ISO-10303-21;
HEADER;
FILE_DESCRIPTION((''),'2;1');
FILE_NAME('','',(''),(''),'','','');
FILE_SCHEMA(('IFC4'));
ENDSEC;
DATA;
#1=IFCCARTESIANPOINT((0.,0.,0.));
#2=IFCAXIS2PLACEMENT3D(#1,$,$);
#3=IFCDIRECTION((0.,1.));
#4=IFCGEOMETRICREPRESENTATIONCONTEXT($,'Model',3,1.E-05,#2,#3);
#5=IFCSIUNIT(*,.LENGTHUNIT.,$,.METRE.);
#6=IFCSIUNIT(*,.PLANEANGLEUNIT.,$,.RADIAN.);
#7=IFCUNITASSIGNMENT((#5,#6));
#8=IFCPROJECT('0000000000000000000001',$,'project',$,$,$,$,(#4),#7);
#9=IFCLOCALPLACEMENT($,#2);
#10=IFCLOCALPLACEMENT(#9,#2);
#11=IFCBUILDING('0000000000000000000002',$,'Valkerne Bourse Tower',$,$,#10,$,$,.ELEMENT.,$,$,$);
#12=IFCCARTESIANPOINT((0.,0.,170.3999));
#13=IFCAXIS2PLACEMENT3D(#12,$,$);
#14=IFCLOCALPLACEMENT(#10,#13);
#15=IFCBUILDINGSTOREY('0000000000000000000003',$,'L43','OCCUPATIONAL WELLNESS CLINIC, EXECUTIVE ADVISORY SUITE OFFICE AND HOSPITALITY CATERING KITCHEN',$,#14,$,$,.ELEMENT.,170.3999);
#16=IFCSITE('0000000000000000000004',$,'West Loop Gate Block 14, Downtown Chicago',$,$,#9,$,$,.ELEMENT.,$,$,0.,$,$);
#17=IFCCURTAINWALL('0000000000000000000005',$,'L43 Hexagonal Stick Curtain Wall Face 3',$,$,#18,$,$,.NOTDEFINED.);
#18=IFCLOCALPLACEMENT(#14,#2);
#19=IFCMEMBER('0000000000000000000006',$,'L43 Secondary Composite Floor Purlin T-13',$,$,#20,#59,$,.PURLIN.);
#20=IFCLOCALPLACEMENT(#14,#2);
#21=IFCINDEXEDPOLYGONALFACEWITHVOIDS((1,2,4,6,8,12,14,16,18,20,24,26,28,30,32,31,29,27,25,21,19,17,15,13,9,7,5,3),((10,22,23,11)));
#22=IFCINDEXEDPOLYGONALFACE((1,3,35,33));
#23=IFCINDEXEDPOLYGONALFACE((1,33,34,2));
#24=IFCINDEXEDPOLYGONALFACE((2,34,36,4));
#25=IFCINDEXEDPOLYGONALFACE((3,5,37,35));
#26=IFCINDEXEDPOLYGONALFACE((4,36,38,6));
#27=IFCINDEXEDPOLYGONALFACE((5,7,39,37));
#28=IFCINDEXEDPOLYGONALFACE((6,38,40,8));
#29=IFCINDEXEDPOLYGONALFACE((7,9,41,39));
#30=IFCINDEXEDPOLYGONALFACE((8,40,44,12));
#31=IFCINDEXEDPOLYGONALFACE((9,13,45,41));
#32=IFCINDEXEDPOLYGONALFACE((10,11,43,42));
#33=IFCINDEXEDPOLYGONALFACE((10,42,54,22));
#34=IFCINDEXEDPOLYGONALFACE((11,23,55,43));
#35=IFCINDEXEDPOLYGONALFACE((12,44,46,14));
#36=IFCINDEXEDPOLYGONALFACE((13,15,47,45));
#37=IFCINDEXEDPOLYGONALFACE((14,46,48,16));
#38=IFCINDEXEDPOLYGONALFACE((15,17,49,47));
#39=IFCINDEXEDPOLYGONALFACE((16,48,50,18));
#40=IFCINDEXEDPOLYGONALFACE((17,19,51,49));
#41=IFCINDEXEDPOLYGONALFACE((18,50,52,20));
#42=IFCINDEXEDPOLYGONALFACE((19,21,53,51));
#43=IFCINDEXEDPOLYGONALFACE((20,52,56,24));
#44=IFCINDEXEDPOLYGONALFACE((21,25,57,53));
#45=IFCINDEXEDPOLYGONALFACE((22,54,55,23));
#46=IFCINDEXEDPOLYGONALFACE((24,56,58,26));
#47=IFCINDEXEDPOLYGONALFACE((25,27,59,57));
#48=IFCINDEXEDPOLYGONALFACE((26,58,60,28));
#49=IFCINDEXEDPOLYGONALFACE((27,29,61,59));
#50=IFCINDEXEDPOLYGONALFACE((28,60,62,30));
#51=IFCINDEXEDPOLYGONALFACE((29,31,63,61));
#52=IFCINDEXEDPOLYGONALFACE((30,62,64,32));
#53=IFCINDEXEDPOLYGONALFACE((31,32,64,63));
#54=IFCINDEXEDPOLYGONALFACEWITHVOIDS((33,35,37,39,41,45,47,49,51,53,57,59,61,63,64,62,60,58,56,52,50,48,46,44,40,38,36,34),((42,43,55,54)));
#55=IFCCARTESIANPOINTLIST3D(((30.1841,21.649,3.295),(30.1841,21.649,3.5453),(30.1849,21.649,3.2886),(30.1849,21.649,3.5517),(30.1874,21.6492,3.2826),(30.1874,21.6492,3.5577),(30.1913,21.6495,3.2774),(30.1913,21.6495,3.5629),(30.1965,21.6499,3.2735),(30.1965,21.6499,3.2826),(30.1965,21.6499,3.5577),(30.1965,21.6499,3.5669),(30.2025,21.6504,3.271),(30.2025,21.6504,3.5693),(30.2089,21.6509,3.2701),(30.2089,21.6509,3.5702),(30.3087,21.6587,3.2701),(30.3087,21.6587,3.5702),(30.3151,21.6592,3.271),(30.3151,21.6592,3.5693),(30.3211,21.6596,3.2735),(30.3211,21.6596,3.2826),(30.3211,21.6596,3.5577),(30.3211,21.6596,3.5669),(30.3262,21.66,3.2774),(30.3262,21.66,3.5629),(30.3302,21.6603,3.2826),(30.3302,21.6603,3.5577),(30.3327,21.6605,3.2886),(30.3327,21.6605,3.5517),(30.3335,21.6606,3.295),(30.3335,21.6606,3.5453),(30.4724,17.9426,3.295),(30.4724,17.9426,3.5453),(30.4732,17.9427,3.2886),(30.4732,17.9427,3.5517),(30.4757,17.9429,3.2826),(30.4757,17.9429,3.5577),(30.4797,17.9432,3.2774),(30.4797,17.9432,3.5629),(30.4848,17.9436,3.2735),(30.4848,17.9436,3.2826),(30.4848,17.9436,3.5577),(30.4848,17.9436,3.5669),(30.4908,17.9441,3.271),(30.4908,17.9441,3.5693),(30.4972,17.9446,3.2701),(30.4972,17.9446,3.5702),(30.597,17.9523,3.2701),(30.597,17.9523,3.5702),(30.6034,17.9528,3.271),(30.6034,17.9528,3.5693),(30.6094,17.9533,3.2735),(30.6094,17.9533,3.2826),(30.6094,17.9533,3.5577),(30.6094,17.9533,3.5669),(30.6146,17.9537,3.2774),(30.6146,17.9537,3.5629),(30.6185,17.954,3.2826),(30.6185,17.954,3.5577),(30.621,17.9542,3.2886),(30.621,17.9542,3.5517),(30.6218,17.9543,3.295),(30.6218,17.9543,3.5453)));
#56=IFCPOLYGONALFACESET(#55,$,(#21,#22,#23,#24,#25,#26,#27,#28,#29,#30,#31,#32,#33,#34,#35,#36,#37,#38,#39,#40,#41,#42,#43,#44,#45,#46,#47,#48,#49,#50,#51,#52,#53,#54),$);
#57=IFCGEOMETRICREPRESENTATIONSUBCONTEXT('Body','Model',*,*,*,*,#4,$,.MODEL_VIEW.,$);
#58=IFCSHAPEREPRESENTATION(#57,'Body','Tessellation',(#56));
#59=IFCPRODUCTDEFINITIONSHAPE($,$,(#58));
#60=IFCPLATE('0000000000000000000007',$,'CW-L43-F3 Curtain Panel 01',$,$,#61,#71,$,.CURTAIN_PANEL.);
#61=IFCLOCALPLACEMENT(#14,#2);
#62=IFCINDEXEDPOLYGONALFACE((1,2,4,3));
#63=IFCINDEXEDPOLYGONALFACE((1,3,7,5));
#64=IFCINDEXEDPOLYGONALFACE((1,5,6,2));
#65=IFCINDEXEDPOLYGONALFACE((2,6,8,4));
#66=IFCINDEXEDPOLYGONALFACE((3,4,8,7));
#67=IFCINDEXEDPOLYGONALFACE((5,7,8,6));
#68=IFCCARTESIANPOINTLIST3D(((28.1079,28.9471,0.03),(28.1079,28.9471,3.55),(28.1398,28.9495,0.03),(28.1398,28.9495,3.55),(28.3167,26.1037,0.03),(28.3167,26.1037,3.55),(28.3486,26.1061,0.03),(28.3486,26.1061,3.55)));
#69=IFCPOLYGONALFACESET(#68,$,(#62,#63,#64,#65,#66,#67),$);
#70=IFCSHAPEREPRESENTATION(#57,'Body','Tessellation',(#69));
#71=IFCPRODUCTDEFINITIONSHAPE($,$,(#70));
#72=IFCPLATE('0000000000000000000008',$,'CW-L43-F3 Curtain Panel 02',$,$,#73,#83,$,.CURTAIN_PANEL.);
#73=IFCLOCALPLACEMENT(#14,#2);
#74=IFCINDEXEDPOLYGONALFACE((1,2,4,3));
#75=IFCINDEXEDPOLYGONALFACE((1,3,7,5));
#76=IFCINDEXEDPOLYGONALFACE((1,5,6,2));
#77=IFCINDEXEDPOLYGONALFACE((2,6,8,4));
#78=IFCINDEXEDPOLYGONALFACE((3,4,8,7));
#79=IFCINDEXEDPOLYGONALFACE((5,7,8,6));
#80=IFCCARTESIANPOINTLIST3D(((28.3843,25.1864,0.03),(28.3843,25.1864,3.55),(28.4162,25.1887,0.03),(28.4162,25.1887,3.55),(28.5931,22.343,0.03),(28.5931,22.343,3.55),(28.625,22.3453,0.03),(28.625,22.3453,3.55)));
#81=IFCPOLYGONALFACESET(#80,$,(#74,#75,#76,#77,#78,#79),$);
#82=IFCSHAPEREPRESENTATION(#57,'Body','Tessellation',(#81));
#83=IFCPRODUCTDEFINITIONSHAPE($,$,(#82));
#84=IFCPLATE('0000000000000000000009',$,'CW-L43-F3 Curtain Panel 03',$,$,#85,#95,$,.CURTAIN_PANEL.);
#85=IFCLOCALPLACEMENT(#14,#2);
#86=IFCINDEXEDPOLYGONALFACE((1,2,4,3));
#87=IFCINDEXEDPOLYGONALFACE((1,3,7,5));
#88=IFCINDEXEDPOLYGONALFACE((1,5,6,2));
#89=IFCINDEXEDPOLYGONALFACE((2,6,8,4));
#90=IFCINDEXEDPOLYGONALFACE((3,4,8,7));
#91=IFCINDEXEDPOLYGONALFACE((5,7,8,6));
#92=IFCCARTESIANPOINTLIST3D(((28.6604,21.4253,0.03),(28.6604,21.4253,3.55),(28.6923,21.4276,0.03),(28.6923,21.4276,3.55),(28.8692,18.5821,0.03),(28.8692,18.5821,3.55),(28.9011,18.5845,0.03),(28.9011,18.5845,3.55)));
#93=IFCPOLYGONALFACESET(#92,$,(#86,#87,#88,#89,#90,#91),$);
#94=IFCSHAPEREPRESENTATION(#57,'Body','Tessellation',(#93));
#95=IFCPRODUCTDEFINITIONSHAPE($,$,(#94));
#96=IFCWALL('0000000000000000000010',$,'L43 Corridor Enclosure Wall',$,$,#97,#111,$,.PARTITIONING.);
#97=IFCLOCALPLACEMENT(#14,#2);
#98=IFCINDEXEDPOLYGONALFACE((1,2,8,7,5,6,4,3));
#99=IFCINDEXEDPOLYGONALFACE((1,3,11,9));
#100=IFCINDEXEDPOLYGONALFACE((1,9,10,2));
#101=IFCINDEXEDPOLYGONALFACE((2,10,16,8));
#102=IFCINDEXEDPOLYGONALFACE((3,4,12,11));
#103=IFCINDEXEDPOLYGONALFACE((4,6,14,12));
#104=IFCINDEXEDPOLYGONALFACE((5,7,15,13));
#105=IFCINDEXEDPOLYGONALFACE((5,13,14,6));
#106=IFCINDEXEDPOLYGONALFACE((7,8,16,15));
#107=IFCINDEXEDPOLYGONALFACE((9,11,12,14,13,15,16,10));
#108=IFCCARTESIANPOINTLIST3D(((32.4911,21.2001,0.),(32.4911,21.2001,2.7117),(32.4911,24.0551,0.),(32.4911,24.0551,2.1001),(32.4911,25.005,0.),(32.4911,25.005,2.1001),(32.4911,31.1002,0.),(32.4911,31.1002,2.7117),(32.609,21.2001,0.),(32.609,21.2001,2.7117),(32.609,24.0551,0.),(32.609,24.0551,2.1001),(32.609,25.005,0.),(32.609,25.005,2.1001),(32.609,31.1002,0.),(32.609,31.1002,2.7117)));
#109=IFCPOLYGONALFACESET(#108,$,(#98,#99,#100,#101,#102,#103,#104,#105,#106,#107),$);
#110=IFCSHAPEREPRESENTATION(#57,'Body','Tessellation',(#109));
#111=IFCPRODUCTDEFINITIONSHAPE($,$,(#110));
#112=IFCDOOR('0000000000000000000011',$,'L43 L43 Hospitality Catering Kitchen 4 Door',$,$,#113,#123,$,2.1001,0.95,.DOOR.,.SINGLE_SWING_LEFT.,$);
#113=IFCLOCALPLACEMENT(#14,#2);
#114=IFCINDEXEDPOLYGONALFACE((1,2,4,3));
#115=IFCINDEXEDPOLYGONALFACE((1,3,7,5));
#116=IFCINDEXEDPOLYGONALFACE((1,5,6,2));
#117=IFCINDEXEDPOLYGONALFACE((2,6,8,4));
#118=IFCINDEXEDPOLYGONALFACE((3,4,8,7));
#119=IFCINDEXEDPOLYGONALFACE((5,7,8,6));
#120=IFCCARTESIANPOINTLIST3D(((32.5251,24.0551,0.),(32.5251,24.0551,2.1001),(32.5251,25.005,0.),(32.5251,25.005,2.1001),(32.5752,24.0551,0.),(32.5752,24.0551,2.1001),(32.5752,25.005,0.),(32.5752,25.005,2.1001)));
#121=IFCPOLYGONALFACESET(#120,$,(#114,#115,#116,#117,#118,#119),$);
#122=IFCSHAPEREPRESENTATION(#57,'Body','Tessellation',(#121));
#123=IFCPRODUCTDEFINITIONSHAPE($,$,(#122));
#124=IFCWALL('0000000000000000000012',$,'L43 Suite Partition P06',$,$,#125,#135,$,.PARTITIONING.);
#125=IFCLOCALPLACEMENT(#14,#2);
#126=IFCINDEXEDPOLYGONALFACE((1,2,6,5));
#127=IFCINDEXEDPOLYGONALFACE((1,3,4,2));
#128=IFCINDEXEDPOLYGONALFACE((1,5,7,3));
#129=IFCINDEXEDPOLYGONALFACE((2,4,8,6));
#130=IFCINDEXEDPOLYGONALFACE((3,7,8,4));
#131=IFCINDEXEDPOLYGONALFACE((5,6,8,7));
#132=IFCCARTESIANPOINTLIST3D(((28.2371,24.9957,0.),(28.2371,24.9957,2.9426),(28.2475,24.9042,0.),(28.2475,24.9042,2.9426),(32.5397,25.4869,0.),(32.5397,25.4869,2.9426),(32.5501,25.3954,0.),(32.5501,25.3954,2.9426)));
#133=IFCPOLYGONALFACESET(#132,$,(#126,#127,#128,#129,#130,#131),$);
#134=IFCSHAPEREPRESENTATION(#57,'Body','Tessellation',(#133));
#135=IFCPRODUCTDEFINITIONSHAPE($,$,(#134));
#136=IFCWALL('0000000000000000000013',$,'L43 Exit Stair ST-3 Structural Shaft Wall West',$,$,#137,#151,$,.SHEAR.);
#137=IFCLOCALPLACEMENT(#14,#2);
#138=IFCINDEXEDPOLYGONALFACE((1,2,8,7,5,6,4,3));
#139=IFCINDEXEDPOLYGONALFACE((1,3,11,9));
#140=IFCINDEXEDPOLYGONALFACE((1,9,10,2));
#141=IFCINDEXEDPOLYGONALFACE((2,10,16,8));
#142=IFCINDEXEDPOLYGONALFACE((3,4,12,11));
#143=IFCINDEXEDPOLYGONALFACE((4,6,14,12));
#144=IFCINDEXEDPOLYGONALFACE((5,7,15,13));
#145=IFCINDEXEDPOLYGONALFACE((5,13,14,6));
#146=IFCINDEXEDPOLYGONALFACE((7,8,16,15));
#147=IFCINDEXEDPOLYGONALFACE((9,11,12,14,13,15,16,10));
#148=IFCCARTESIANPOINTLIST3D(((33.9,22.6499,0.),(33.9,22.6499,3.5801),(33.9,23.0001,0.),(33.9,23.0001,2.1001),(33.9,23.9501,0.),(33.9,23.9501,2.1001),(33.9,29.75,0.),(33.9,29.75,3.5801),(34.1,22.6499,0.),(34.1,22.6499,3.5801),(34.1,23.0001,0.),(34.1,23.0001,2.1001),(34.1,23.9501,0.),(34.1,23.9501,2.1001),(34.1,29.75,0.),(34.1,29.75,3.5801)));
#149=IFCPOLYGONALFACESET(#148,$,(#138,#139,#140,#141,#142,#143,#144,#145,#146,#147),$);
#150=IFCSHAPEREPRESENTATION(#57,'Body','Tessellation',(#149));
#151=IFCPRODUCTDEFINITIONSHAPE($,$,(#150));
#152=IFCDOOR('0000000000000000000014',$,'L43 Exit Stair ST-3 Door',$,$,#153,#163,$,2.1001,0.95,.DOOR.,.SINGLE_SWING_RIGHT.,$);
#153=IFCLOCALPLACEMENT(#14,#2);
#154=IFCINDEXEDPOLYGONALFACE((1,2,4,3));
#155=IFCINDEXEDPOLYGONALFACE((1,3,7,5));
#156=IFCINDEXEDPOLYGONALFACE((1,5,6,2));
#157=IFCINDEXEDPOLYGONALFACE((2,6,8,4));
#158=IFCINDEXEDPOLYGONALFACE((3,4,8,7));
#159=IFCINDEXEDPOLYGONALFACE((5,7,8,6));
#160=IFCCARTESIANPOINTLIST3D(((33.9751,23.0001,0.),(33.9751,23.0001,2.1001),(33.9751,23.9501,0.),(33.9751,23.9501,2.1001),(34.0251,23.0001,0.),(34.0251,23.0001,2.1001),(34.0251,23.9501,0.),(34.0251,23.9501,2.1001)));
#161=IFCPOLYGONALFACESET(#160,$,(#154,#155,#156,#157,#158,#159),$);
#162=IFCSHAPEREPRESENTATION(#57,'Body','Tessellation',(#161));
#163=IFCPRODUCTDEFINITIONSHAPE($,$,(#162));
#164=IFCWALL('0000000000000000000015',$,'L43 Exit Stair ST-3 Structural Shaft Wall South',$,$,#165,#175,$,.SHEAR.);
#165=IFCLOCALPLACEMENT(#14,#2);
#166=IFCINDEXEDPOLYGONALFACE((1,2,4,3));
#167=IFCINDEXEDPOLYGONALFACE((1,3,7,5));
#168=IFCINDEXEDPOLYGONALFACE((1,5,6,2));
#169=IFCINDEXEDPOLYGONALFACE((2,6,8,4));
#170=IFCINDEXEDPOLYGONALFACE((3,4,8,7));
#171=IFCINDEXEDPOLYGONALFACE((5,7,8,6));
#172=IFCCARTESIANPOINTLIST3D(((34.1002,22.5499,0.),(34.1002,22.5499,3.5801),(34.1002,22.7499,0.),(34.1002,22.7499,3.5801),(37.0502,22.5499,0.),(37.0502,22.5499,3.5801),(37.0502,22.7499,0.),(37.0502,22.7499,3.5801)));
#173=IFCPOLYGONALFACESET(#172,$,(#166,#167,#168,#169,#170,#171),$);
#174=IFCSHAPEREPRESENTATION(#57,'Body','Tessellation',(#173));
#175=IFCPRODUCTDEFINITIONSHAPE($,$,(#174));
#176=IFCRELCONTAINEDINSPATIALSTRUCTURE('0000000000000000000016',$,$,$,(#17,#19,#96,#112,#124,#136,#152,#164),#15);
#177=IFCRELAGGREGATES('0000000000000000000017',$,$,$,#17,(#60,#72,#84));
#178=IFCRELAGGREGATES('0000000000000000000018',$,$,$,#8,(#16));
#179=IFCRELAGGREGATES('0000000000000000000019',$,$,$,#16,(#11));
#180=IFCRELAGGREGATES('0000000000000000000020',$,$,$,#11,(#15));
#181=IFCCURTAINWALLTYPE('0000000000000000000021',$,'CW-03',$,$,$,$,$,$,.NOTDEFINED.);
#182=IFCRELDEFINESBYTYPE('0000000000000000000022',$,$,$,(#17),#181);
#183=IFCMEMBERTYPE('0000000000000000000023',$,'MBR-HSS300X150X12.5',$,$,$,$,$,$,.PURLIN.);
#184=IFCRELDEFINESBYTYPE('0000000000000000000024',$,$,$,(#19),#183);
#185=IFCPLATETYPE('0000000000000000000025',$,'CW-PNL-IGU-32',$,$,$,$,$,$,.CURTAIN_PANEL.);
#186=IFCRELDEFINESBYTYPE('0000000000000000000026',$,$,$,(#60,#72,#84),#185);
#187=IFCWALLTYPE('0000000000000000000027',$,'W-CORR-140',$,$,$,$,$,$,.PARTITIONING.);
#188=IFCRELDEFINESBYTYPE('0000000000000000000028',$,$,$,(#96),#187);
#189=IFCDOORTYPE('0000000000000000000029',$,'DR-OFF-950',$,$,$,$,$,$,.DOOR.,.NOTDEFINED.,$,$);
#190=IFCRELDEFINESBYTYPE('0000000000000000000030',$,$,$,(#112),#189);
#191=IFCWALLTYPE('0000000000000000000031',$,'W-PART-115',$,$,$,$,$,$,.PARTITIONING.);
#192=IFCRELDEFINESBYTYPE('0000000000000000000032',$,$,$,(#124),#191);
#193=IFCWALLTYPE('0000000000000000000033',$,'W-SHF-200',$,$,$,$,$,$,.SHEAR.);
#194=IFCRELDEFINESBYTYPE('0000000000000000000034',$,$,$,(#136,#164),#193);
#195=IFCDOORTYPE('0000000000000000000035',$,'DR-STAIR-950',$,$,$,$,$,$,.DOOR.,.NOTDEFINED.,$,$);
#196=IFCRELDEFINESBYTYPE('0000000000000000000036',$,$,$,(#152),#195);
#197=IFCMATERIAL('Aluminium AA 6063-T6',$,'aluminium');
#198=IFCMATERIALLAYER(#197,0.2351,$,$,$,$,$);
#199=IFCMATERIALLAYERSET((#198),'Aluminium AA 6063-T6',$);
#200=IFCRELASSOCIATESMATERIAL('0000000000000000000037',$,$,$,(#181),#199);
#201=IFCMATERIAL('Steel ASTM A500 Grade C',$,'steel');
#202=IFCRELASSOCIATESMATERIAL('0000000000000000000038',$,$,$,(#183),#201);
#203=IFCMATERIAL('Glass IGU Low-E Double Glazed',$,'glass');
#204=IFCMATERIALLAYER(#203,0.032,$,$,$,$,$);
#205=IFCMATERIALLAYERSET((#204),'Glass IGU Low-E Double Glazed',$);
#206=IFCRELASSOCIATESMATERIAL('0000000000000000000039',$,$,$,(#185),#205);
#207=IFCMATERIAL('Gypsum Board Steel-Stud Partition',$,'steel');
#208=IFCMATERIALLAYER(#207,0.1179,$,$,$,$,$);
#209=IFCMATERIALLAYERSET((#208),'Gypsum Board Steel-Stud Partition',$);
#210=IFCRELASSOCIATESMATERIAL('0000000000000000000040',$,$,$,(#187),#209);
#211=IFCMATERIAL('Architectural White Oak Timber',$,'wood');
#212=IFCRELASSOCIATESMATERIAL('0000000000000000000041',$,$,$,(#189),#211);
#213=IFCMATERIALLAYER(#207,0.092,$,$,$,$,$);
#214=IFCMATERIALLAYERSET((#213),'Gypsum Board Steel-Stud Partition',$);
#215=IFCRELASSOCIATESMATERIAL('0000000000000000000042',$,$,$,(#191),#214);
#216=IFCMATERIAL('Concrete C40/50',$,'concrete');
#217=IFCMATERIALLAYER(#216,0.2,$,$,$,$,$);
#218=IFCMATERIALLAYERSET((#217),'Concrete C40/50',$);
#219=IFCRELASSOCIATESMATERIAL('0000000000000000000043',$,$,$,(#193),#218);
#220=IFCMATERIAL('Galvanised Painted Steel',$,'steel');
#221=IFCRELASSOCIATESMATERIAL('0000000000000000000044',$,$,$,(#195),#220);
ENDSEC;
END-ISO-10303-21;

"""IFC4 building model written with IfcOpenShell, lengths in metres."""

from ifc_helpers import new_model, si_unit, direction, frame, frame_2d, origin, origin_2d, place, context, subcontext, project, spatial, rectangle, hollow_rectangle, extrude, material, layer, layer_set, material_profile, profile_set, type_object, element, fill, aggregate, save


model = new_model("IFC4")

# Units and contexts
model_context = context("Model", 3, precision=1e-05, world=origin(), true_north=direction((0.0, 1.0)))
body_context = subcontext(model_context, "Body", "Model", "MODEL_VIEW")
ifc_project = project(units=[si_unit("LENGTHUNIT", "METRE"), si_unit("PLANEANGLEUNIT", "RADIAN")], contexts=[model_context])

# Site, building, storey
site_placement = place(None, origin())
site = spatial("IfcSite", under=ifc_project, at=site_placement, Name="West Loop Gate Block 14, Downtown Chicago", CompositionType="ELEMENT", RefElevation=0.0)
building_placement = place(site_placement, origin())
building = spatial("IfcBuilding", under=site, at=building_placement, Name="Valkerne Bourse Tower", CompositionType="ELEMENT")
storey_placement = place(building_placement, frame((0.0, 0.0, 170.3999)))
storey = spatial("IfcBuildingStorey", under=building, at=storey_placement, Name="L43", Description="OCCUPATIONAL WELLNESS CLINIC, EXECUTIVE ADVISORY SUITE OFFICE AND HOSPITALITY CATERING KITCHEN", CompositionType="ELEMENT", Elevation=170.3999)

# Curtain wall
ifc_material_1 = material(Name="Aluminium AA 6063-T6", Category="aluminium")
ifc_layer_1 = layer(ifc_material_1, 0.2351)
ifc_layer_set_1 = layer_set([ifc_layer_1], Name="Aluminium AA 6063-T6")
curtain_wall_type = type_object("IfcCurtainWallType", Name="CW-03", PredefinedType="NOTDEFINED", material=ifc_layer_set_1)
curtain_wall_placement = place(storey_placement, origin())
curtain_wall = element("IfcCurtainWall", 1, at=curtain_wall_placement, inside=storey, type_object=curtain_wall_type, Name="L43 Hexagonal Stick Curtain Wall Face 3", PredefinedType="NOTDEFINED")

# Member
ifc_material_2 = material(Name="Steel ASTM A500 Grade C", Category="steel")
ifc_material_profile_1 = material_profile(ifc_material_2, hollow_rectangle(XDim=0.1499, YDim=0.3, WallThickness=0.0125, OuterFilletRadius=0.0249, at=origin_2d()), Name="HSS300X150X12.5")
ifc_profile_set_1 = profile_set([ifc_material_profile_1], Name="Steel ASTM A500 Grade C")
member_type_1 = type_object("IfcMemberType", Name="MBR-HSS300X150X12.5", PredefinedType="PURLIN", material=ifc_profile_set_1)
member_1_placement = place(storey_placement, frame((30.2588, 21.6548, 3.4202), z_axis=(0.07756, -0.996988, 0.0), x_axis=(0.996988, 0.07756, 0.0)))
element("IfcMember", 2, at=member_1_placement, inside=storey, type_object=member_type_1, Name="L43 Secondary Composite Floor Purlin T-13", PredefinedType="PURLIN", context=body_context, shape_type="SweptSolid", body=[
    extrude(hollow_rectangle(XDim=0.1499, YDim=0.3, WallThickness=0.0125, OuterFilletRadius=0.0249, at=origin_2d()), origin(), (0.0, 0.0, 1.0), 3.7175),
])

# Plates
ifc_material_3 = material(Name="Glass IGU Low-E Double Glazed", Category="glass")
ifc_layer_2 = layer(ifc_material_3, 0.032)
ifc_layer_set_2 = layer_set([ifc_layer_2], Name="Glass IGU Low-E Double Glazed")
plate_type = type_object("IfcPlateType", Name="CW-PNL-IGU-32", PredefinedType="CURTAIN_PANEL", material=ifc_layer_set_2)
plate_1_placement = place(storey_placement, frame((28.2283, 27.5266, 0.03), z_axis=(0.0, 0.0, 1.0), x_axis=(0.073243, -0.997314, 0.0)))
plate_1 = element("IfcPlate", 3, at=plate_1_placement, type_object=plate_type, Name="CW-L43-F3 Curtain Panel 01", PredefinedType="CURTAIN_PANEL", context=body_context, shape_type="SweptSolid", body=[
    extrude(rectangle(XDim=2.8511, YDim=0.032, at=origin_2d()), origin(), (0.0, 0.0, 1.0), 3.52),
])
plate_2_placement = place(storey_placement, frame((28.5046, 23.7659, 0.03), z_axis=(0.0, 0.0, 1.0), x_axis=(0.073243, -0.997314, 0.0)))
plate_2 = element("IfcPlate", 4, at=plate_2_placement, type_object=plate_type, Name="CW-L43-F3 Curtain Panel 02", PredefinedType="CURTAIN_PANEL", context=body_context, shape_type="SweptSolid", body=[
    extrude(rectangle(XDim=2.8511, YDim=0.032, at=origin_2d()), origin(), (0.0, 0.0, 1.0), 3.52),
])
plate_3_placement = place(storey_placement, frame((28.7808, 20.0049, 0.03), z_axis=(0.0, 0.0, 1.0), x_axis=(0.073245, -0.997314, 0.0)))
plate_3 = element("IfcPlate", 5, at=plate_3_placement, type_object=plate_type, Name="CW-L43-F3 Curtain Panel 03", PredefinedType="CURTAIN_PANEL", context=body_context, shape_type="SweptSolid", body=[
    extrude(rectangle(XDim=2.8508, YDim=0.032, at=origin_2d()), origin(), (0.0, 0.0, 1.0), 3.52),
])
aggregate(curtain_wall, [plate_1, plate_2, plate_3])

# Wall, opening, door
ifc_material_4 = material(Name="Gypsum Board Steel-Stud Partition", Category="steel")
ifc_layer_3 = layer(ifc_material_4, 0.1179)
ifc_layer_set_3 = layer_set([ifc_layer_3], Name="Gypsum Board Steel-Stud Partition")
wall_type_1 = type_object("IfcWallType", Name="W-CORR-140", PredefinedType="PARTITIONING", material=ifc_layer_set_3)
wall_1_placement = place(storey_placement, frame((32.55, 21.2, 0.0), z_axis=(0.0, 0.0, 1.0), x_axis=(0.0, 1.0, 0.0)))
wall_1 = element("IfcWall", 6, at=wall_1_placement, inside=storey, type_object=wall_type_1, Name="L43 Corridor Enclosure Wall", PredefinedType="PARTITIONING", context=body_context, shape_type="SweptSolid", body=[
    extrude(rectangle(XDim=9.9001, YDim=0.1179, at=frame_2d((4.9502, 0.0))), origin(), (0.0, 0.0, 1.0), 2.7117),
])
opening_1_placement = place(wall_1_placement, frame((2.855, 0.0, 0.0)))
opening_1 = element("IfcOpeningElement", 7, at=opening_1_placement, cuts=wall_1, PredefinedType="OPENING", context=body_context, shape_type="SweptSolid", body=[
    extrude(rectangle(XDim=0.95, YDim=2.1001, at=frame_2d((0.4751, 1.05))), frame((0.0, 0.0688, 0.0), z_axis=(0.0, -1.0, 0.0), x_axis=(1.0, 0.0, 0.0)), (0.0, 0.0, 1.0), 0.1379),
])
ifc_material_5 = material(Name="Architectural White Oak Timber", Category="wood")
door_type_1 = type_object("IfcDoorType", Name="DR-OFF-950", OperationType="NOTDEFINED", PredefinedType="DOOR", material=ifc_material_5)
door_1_placement = place(opening_1_placement, origin())
door_1 = element("IfcDoor", 8, at=door_1_placement, inside=storey, type_object=door_type_1, Name="L43 L43 Hospitality Catering Kitchen 4 Door", OperationType="SINGLE_SWING_LEFT", OverallHeight=2.1001, OverallWidth=0.95, PredefinedType="DOOR", context=body_context, shape_type="SweptSolid", body=[
    extrude(rectangle(XDim=0.95, YDim=2.1001, at=frame_2d((0.4751, 1.05))), frame((0.0, 0.0249, 0.0), z_axis=(0.0, -1.0, 0.0), x_axis=(1.0, 0.0, 0.0)), (0.0, 0.0, 1.0), 0.05),
])
fill(opening_1, door_1)

# Wall
ifc_layer_4 = layer(ifc_material_4, 0.092)
ifc_layer_set_4 = layer_set([ifc_layer_4], Name="Gypsum Board Steel-Stud Partition")
wall_type_2 = type_object("IfcWallType", Name="W-PART-115", PredefinedType="PARTITIONING", material=ifc_layer_set_4)
wall_2_placement = place(storey_placement, frame((32.5449, 25.4412, 0.0), z_axis=(0.0, 0.0, 1.0), x_axis=(-0.993546, -0.113426, 0.0)))
element("IfcWall", 9, at=wall_2_placement, inside=storey, type_object=wall_type_2, Name="L43 Suite Partition P06", PredefinedType="PARTITIONING", context=body_context, shape_type="SweptSolid", body=[
    extrude(rectangle(XDim=4.3306, YDim=0.092, at=frame_2d((2.1653, 0.0))), origin(), (0.0, 0.0, 1.0), 2.9426),
])

# Wall, opening, door
ifc_material_6 = material(Name="Concrete C40/50", Category="concrete")
ifc_layer_5 = layer(ifc_material_6, 0.2)
ifc_layer_set_5 = layer_set([ifc_layer_5], Name="Concrete C40/50")
wall_type_3 = type_object("IfcWallType", Name="W-SHF-200", PredefinedType="SHEAR", material=ifc_layer_set_5)
wall_3_placement = place(storey_placement, frame((34.0, 22.6499, 0.0), z_axis=(0.0, 0.0, 1.0), x_axis=(0.0, 1.0, 0.0)))
wall_3 = element("IfcWall", 10, at=wall_3_placement, inside=storey, type_object=wall_type_3, Name="L43 Exit Stair ST-3 Structural Shaft Wall West", PredefinedType="SHEAR", context=body_context, shape_type="SweptSolid", body=[
    extrude(rectangle(XDim=7.1001, YDim=0.2, at=frame_2d((3.55, 0.0))), origin(), (0.0, 0.0, 1.0), 3.5801),
])
opening_2_placement = place(wall_3_placement, frame((0.3501, 0.0, 0.0)))
opening_2 = element("IfcOpeningElement", 11, at=opening_2_placement, cuts=wall_3, PredefinedType="OPENING", context=body_context, shape_type="SweptSolid", body=[
    extrude(rectangle(XDim=0.95, YDim=2.1001, at=frame_2d((0.4751, 1.05))), frame((0.0, 0.1099, 0.0), z_axis=(0.0, -1.0, 0.0), x_axis=(1.0, 0.0, 0.0)), (0.0, 0.0, 1.0), 0.22),
])
ifc_material_7 = material(Name="Galvanised Painted Steel", Category="steel")
door_type_2 = type_object("IfcDoorType", Name="DR-STAIR-950", OperationType="NOTDEFINED", PredefinedType="DOOR", material=ifc_material_7)
door_2_placement = place(opening_2_placement, origin())
door_2 = element("IfcDoor", 12, at=door_2_placement, inside=storey, type_object=door_type_2, Name="L43 Exit Stair ST-3 Door", OperationType="SINGLE_SWING_RIGHT", OverallHeight=2.1001, OverallWidth=0.95, PredefinedType="DOOR", context=body_context, shape_type="SweptSolid", body=[
    extrude(rectangle(XDim=0.95, YDim=2.1001, at=frame_2d((0.4751, 1.05))), frame((0.0, 0.0249, 0.0), z_axis=(0.0, -1.0, 0.0), x_axis=(1.0, 0.0, 0.0)), (0.0, 0.0, 1.0), 0.05),
])
fill(opening_2, door_2)

# Wall
wall_4_placement = place(storey_placement, frame((34.1001, 22.6499, 0.0), z_axis=(0.0, 0.0, 1.0), x_axis=(1.0, 0.0, 0.0)))
element("IfcWall", 13, at=wall_4_placement, inside=storey, type_object=wall_type_3, Name="L43 Exit Stair ST-3 Structural Shaft Wall South", PredefinedType="SHEAR", context=body_context, shape_type="SweptSolid", body=[
    extrude(rectangle(XDim=2.95, YDim=0.2, at=frame_2d((1.4751, 0.0))), origin(), (0.0, 0.0, 1.0), 3.5801),
])

save(model, "model.ifc")
